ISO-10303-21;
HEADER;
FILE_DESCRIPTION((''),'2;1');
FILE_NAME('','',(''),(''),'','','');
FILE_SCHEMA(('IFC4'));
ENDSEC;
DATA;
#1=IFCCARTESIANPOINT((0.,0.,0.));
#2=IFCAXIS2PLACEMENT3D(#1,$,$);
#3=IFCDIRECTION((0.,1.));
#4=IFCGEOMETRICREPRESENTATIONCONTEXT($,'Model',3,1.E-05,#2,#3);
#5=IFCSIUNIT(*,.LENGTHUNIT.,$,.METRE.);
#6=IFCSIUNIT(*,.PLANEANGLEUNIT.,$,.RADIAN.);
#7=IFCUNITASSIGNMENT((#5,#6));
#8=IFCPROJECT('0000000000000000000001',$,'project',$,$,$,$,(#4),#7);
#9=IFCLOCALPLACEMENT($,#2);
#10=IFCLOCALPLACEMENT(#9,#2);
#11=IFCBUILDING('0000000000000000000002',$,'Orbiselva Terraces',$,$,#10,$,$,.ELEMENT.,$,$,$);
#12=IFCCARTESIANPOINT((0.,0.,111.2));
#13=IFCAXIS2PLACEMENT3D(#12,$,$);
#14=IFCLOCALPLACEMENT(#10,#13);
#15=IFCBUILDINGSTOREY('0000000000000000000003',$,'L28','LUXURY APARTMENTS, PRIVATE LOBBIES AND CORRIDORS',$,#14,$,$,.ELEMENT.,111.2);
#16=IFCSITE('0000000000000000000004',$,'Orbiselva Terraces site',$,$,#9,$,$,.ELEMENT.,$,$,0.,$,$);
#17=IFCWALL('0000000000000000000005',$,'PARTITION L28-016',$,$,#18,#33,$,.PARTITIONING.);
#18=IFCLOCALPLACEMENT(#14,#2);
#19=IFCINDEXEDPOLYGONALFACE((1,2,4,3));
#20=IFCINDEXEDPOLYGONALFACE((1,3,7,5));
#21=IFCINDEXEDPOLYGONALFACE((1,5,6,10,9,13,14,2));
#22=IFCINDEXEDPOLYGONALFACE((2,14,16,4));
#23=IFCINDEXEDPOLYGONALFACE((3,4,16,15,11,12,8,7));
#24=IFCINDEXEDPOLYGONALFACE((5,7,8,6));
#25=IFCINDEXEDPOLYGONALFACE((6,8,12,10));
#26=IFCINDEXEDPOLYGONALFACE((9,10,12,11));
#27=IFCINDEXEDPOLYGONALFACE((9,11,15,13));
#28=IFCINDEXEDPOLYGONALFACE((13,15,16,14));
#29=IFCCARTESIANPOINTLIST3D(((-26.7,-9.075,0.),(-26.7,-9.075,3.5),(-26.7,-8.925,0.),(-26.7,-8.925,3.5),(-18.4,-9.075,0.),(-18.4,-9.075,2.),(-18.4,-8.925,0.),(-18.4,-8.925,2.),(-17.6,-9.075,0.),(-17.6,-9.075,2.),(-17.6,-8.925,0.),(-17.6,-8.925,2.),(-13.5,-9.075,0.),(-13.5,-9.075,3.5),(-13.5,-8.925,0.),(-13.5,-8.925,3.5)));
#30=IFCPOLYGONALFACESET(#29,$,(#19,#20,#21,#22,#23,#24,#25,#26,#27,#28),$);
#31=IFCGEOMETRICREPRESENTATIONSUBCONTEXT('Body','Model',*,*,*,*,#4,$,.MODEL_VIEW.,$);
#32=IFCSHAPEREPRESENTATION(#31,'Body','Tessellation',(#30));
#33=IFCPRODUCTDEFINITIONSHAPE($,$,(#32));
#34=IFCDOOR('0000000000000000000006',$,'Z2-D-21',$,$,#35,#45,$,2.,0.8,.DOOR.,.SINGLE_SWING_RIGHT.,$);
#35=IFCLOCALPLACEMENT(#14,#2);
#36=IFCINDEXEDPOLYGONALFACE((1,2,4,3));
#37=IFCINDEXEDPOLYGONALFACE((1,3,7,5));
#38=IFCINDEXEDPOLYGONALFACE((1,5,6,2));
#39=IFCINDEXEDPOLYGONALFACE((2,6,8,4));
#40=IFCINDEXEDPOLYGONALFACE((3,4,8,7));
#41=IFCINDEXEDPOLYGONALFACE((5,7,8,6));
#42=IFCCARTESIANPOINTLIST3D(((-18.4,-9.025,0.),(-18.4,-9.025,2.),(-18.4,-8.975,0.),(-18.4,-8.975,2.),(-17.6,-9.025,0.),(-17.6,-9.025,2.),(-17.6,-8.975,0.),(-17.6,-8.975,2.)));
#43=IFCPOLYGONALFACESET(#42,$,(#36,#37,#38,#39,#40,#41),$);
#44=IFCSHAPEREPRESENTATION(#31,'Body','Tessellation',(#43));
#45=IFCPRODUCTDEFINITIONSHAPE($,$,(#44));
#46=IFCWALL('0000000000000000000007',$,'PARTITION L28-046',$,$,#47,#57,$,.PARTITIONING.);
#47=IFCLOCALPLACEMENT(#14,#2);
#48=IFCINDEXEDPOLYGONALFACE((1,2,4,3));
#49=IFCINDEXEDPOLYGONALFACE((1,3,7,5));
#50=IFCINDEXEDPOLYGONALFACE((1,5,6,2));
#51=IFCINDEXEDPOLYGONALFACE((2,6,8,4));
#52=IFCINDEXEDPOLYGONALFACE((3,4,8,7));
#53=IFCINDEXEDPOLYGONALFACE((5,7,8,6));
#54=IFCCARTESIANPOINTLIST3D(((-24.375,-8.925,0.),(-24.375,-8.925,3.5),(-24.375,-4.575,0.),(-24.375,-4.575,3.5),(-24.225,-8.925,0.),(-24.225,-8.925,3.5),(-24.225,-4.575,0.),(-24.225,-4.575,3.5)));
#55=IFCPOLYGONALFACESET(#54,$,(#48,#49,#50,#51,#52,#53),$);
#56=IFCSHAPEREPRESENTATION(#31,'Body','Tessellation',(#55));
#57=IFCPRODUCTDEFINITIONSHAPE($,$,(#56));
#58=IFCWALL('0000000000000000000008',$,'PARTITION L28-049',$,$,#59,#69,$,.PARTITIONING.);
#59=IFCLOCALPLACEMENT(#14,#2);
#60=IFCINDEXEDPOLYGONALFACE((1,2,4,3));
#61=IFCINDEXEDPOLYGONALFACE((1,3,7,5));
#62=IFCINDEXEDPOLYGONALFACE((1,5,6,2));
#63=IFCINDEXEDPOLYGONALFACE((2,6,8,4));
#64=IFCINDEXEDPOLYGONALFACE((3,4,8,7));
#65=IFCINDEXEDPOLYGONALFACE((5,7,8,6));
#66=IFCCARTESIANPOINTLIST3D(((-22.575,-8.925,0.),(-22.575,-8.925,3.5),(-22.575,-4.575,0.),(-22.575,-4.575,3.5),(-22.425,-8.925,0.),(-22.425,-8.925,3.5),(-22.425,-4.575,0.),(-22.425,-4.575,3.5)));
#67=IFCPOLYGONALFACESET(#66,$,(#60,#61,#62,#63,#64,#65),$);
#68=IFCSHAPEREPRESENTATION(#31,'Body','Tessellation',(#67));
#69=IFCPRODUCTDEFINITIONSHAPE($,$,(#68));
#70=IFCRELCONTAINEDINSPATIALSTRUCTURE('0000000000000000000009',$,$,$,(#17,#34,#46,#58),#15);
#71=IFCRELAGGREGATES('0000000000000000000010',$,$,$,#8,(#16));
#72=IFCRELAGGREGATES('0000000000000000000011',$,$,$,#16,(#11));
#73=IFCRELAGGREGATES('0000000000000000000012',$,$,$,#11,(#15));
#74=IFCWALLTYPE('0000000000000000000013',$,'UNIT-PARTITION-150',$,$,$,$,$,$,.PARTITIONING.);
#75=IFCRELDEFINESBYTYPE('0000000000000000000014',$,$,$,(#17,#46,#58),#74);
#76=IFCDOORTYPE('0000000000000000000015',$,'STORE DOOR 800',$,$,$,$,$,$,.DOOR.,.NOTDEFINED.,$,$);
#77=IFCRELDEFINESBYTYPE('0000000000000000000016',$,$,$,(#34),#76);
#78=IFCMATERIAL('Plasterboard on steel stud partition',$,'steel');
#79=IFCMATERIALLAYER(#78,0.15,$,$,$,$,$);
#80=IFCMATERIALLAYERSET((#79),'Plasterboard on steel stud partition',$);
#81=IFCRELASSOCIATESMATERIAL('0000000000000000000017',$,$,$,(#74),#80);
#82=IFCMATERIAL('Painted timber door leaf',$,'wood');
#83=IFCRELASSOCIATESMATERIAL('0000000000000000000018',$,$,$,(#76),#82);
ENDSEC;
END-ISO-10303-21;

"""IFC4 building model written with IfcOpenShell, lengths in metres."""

from ifc_helpers import new_model, si_unit, direction, frame, frame_2d, origin, place, context, subcontext, project, spatial, rectangle, extrude, material, layer, layer_set, type_object, element, fill, save


model = new_model("IFC4")

# Units and contexts
model_context = context("Model", 3, precision=1e-05, world=origin(), true_north=direction((0.0, 1.0)))
body_context = subcontext(model_context, "Body", "Model", "MODEL_VIEW")
ifc_project = project(units=[si_unit("LENGTHUNIT", "METRE"), si_unit("PLANEANGLEUNIT", "RADIAN")], contexts=[model_context])

# Site, building, storey
site_placement = place(None, origin())
site = spatial("IfcSite", under=ifc_project, at=site_placement, Name="Orbiselva Terraces site", CompositionType="ELEMENT", RefElevation=0.0)
building_placement = place(site_placement, origin())
building = spatial("IfcBuilding", under=site, at=building_placement, Name="Orbiselva Terraces", CompositionType="ELEMENT")
storey_placement = place(building_placement, frame((0.0, 0.0, 111.2)))
storey = spatial("IfcBuildingStorey", under=building, at=storey_placement, Name="L28", Description="LUXURY APARTMENTS, PRIVATE LOBBIES AND CORRIDORS", CompositionType="ELEMENT", Elevation=111.2)

# Shared definitions
ifc_material_1 = material(Name="Plasterboard on steel stud partition", Category="steel")
ifc_layer_1 = layer(ifc_material_1, 0.15)
ifc_layer_set_1 = layer_set([ifc_layer_1], Name="Plasterboard on steel stud partition")
wall_type_1 = type_object("IfcWallType", Name="UNIT-PARTITION-150", PredefinedType="PARTITIONING", material=ifc_layer_set_1)
ifc_material_2 = material(Name="Painted timber door leaf", Category="wood")

# Wall, opening, door
wall_1_placement = place(storey_placement, frame((-26.7, -9.0, 0.0), z_axis=(0.0, 0.0, 1.0), x_axis=(1.0, 0.0, 0.0)))
wall_1 = element("IfcWall", 1, at=wall_1_placement, inside=storey, type_object=wall_type_1, Name="PARTITION L28-016", PredefinedType="PARTITIONING", context=body_context, shape_type="SweptSolid", body=[
    extrude(rectangle(XDim=13.2, YDim=0.15, at=frame_2d((6.6, 0.0))), origin(), (0.0, 0.0, 1.0), 3.5),
])
opening_1_placement = place(wall_1_placement, frame((8.3, 0.0, 0.0)))
opening_1 = element("IfcOpeningElement", 2, at=opening_1_placement, cuts=wall_1, PredefinedType="OPENING", context=body_context, shape_type="SweptSolid", body=[
    extrude(rectangle(XDim=0.8, YDim=2.0, at=frame_2d((0.4, 1.0))), frame((0.0, 0.085, 0.0), z_axis=(0.0, -1.0, 0.0), x_axis=(1.0, 0.0, 0.0)), (0.0, 0.0, 1.0), 0.17),
])
door_type_1 = type_object("IfcDoorType", Name="STORE DOOR 800", OperationType="NOTDEFINED", PredefinedType="DOOR", material=ifc_material_2)
door_1_placement = place(opening_1_placement, origin())
door_1 = element("IfcDoor", 3, at=door_1_placement, inside=storey, type_object=door_type_1, Name="Z2-D-21", OperationType="SINGLE_SWING_RIGHT", OverallHeight=2.0, OverallWidth=0.8, PredefinedType="DOOR", context=body_context, shape_type="SweptSolid", body=[
    extrude(rectangle(XDim=0.8, YDim=2.0, at=frame_2d((0.4, 1.0))), frame((0.0, 0.025, 0.0), z_axis=(0.0, -1.0, 0.0), x_axis=(1.0, 0.0, 0.0)), (0.0, 0.0, 1.0), 0.05),
])
fill(opening_1, door_1)

# Walls
for number, where, z_axis, x_axis, name in (
    (4, (-24.3, -8.925, 0.0), (0.0, 0.0, 1.0), (0.0, 1.0, 0.0), "PARTITION L28-046"),
    (5, (-22.5, -8.925, 0.0), (0.0, 0.0, 1.0), (0.0, 1.0, 0.0), "PARTITION L28-049"),
):
    element("IfcWall", number, at=place(storey_placement, frame(where, z_axis=z_axis, x_axis=x_axis)), inside=storey, type_object=wall_type_1, Name=name, PredefinedType="PARTITIONING", context=body_context, shape_type="SweptSolid", body=[
        extrude(rectangle(XDim=4.35, YDim=0.15, at=frame_2d((2.175, 0.0))), origin(), (0.0, 0.0, 1.0), 3.5),
    ])

save(model, "model.ifc")
